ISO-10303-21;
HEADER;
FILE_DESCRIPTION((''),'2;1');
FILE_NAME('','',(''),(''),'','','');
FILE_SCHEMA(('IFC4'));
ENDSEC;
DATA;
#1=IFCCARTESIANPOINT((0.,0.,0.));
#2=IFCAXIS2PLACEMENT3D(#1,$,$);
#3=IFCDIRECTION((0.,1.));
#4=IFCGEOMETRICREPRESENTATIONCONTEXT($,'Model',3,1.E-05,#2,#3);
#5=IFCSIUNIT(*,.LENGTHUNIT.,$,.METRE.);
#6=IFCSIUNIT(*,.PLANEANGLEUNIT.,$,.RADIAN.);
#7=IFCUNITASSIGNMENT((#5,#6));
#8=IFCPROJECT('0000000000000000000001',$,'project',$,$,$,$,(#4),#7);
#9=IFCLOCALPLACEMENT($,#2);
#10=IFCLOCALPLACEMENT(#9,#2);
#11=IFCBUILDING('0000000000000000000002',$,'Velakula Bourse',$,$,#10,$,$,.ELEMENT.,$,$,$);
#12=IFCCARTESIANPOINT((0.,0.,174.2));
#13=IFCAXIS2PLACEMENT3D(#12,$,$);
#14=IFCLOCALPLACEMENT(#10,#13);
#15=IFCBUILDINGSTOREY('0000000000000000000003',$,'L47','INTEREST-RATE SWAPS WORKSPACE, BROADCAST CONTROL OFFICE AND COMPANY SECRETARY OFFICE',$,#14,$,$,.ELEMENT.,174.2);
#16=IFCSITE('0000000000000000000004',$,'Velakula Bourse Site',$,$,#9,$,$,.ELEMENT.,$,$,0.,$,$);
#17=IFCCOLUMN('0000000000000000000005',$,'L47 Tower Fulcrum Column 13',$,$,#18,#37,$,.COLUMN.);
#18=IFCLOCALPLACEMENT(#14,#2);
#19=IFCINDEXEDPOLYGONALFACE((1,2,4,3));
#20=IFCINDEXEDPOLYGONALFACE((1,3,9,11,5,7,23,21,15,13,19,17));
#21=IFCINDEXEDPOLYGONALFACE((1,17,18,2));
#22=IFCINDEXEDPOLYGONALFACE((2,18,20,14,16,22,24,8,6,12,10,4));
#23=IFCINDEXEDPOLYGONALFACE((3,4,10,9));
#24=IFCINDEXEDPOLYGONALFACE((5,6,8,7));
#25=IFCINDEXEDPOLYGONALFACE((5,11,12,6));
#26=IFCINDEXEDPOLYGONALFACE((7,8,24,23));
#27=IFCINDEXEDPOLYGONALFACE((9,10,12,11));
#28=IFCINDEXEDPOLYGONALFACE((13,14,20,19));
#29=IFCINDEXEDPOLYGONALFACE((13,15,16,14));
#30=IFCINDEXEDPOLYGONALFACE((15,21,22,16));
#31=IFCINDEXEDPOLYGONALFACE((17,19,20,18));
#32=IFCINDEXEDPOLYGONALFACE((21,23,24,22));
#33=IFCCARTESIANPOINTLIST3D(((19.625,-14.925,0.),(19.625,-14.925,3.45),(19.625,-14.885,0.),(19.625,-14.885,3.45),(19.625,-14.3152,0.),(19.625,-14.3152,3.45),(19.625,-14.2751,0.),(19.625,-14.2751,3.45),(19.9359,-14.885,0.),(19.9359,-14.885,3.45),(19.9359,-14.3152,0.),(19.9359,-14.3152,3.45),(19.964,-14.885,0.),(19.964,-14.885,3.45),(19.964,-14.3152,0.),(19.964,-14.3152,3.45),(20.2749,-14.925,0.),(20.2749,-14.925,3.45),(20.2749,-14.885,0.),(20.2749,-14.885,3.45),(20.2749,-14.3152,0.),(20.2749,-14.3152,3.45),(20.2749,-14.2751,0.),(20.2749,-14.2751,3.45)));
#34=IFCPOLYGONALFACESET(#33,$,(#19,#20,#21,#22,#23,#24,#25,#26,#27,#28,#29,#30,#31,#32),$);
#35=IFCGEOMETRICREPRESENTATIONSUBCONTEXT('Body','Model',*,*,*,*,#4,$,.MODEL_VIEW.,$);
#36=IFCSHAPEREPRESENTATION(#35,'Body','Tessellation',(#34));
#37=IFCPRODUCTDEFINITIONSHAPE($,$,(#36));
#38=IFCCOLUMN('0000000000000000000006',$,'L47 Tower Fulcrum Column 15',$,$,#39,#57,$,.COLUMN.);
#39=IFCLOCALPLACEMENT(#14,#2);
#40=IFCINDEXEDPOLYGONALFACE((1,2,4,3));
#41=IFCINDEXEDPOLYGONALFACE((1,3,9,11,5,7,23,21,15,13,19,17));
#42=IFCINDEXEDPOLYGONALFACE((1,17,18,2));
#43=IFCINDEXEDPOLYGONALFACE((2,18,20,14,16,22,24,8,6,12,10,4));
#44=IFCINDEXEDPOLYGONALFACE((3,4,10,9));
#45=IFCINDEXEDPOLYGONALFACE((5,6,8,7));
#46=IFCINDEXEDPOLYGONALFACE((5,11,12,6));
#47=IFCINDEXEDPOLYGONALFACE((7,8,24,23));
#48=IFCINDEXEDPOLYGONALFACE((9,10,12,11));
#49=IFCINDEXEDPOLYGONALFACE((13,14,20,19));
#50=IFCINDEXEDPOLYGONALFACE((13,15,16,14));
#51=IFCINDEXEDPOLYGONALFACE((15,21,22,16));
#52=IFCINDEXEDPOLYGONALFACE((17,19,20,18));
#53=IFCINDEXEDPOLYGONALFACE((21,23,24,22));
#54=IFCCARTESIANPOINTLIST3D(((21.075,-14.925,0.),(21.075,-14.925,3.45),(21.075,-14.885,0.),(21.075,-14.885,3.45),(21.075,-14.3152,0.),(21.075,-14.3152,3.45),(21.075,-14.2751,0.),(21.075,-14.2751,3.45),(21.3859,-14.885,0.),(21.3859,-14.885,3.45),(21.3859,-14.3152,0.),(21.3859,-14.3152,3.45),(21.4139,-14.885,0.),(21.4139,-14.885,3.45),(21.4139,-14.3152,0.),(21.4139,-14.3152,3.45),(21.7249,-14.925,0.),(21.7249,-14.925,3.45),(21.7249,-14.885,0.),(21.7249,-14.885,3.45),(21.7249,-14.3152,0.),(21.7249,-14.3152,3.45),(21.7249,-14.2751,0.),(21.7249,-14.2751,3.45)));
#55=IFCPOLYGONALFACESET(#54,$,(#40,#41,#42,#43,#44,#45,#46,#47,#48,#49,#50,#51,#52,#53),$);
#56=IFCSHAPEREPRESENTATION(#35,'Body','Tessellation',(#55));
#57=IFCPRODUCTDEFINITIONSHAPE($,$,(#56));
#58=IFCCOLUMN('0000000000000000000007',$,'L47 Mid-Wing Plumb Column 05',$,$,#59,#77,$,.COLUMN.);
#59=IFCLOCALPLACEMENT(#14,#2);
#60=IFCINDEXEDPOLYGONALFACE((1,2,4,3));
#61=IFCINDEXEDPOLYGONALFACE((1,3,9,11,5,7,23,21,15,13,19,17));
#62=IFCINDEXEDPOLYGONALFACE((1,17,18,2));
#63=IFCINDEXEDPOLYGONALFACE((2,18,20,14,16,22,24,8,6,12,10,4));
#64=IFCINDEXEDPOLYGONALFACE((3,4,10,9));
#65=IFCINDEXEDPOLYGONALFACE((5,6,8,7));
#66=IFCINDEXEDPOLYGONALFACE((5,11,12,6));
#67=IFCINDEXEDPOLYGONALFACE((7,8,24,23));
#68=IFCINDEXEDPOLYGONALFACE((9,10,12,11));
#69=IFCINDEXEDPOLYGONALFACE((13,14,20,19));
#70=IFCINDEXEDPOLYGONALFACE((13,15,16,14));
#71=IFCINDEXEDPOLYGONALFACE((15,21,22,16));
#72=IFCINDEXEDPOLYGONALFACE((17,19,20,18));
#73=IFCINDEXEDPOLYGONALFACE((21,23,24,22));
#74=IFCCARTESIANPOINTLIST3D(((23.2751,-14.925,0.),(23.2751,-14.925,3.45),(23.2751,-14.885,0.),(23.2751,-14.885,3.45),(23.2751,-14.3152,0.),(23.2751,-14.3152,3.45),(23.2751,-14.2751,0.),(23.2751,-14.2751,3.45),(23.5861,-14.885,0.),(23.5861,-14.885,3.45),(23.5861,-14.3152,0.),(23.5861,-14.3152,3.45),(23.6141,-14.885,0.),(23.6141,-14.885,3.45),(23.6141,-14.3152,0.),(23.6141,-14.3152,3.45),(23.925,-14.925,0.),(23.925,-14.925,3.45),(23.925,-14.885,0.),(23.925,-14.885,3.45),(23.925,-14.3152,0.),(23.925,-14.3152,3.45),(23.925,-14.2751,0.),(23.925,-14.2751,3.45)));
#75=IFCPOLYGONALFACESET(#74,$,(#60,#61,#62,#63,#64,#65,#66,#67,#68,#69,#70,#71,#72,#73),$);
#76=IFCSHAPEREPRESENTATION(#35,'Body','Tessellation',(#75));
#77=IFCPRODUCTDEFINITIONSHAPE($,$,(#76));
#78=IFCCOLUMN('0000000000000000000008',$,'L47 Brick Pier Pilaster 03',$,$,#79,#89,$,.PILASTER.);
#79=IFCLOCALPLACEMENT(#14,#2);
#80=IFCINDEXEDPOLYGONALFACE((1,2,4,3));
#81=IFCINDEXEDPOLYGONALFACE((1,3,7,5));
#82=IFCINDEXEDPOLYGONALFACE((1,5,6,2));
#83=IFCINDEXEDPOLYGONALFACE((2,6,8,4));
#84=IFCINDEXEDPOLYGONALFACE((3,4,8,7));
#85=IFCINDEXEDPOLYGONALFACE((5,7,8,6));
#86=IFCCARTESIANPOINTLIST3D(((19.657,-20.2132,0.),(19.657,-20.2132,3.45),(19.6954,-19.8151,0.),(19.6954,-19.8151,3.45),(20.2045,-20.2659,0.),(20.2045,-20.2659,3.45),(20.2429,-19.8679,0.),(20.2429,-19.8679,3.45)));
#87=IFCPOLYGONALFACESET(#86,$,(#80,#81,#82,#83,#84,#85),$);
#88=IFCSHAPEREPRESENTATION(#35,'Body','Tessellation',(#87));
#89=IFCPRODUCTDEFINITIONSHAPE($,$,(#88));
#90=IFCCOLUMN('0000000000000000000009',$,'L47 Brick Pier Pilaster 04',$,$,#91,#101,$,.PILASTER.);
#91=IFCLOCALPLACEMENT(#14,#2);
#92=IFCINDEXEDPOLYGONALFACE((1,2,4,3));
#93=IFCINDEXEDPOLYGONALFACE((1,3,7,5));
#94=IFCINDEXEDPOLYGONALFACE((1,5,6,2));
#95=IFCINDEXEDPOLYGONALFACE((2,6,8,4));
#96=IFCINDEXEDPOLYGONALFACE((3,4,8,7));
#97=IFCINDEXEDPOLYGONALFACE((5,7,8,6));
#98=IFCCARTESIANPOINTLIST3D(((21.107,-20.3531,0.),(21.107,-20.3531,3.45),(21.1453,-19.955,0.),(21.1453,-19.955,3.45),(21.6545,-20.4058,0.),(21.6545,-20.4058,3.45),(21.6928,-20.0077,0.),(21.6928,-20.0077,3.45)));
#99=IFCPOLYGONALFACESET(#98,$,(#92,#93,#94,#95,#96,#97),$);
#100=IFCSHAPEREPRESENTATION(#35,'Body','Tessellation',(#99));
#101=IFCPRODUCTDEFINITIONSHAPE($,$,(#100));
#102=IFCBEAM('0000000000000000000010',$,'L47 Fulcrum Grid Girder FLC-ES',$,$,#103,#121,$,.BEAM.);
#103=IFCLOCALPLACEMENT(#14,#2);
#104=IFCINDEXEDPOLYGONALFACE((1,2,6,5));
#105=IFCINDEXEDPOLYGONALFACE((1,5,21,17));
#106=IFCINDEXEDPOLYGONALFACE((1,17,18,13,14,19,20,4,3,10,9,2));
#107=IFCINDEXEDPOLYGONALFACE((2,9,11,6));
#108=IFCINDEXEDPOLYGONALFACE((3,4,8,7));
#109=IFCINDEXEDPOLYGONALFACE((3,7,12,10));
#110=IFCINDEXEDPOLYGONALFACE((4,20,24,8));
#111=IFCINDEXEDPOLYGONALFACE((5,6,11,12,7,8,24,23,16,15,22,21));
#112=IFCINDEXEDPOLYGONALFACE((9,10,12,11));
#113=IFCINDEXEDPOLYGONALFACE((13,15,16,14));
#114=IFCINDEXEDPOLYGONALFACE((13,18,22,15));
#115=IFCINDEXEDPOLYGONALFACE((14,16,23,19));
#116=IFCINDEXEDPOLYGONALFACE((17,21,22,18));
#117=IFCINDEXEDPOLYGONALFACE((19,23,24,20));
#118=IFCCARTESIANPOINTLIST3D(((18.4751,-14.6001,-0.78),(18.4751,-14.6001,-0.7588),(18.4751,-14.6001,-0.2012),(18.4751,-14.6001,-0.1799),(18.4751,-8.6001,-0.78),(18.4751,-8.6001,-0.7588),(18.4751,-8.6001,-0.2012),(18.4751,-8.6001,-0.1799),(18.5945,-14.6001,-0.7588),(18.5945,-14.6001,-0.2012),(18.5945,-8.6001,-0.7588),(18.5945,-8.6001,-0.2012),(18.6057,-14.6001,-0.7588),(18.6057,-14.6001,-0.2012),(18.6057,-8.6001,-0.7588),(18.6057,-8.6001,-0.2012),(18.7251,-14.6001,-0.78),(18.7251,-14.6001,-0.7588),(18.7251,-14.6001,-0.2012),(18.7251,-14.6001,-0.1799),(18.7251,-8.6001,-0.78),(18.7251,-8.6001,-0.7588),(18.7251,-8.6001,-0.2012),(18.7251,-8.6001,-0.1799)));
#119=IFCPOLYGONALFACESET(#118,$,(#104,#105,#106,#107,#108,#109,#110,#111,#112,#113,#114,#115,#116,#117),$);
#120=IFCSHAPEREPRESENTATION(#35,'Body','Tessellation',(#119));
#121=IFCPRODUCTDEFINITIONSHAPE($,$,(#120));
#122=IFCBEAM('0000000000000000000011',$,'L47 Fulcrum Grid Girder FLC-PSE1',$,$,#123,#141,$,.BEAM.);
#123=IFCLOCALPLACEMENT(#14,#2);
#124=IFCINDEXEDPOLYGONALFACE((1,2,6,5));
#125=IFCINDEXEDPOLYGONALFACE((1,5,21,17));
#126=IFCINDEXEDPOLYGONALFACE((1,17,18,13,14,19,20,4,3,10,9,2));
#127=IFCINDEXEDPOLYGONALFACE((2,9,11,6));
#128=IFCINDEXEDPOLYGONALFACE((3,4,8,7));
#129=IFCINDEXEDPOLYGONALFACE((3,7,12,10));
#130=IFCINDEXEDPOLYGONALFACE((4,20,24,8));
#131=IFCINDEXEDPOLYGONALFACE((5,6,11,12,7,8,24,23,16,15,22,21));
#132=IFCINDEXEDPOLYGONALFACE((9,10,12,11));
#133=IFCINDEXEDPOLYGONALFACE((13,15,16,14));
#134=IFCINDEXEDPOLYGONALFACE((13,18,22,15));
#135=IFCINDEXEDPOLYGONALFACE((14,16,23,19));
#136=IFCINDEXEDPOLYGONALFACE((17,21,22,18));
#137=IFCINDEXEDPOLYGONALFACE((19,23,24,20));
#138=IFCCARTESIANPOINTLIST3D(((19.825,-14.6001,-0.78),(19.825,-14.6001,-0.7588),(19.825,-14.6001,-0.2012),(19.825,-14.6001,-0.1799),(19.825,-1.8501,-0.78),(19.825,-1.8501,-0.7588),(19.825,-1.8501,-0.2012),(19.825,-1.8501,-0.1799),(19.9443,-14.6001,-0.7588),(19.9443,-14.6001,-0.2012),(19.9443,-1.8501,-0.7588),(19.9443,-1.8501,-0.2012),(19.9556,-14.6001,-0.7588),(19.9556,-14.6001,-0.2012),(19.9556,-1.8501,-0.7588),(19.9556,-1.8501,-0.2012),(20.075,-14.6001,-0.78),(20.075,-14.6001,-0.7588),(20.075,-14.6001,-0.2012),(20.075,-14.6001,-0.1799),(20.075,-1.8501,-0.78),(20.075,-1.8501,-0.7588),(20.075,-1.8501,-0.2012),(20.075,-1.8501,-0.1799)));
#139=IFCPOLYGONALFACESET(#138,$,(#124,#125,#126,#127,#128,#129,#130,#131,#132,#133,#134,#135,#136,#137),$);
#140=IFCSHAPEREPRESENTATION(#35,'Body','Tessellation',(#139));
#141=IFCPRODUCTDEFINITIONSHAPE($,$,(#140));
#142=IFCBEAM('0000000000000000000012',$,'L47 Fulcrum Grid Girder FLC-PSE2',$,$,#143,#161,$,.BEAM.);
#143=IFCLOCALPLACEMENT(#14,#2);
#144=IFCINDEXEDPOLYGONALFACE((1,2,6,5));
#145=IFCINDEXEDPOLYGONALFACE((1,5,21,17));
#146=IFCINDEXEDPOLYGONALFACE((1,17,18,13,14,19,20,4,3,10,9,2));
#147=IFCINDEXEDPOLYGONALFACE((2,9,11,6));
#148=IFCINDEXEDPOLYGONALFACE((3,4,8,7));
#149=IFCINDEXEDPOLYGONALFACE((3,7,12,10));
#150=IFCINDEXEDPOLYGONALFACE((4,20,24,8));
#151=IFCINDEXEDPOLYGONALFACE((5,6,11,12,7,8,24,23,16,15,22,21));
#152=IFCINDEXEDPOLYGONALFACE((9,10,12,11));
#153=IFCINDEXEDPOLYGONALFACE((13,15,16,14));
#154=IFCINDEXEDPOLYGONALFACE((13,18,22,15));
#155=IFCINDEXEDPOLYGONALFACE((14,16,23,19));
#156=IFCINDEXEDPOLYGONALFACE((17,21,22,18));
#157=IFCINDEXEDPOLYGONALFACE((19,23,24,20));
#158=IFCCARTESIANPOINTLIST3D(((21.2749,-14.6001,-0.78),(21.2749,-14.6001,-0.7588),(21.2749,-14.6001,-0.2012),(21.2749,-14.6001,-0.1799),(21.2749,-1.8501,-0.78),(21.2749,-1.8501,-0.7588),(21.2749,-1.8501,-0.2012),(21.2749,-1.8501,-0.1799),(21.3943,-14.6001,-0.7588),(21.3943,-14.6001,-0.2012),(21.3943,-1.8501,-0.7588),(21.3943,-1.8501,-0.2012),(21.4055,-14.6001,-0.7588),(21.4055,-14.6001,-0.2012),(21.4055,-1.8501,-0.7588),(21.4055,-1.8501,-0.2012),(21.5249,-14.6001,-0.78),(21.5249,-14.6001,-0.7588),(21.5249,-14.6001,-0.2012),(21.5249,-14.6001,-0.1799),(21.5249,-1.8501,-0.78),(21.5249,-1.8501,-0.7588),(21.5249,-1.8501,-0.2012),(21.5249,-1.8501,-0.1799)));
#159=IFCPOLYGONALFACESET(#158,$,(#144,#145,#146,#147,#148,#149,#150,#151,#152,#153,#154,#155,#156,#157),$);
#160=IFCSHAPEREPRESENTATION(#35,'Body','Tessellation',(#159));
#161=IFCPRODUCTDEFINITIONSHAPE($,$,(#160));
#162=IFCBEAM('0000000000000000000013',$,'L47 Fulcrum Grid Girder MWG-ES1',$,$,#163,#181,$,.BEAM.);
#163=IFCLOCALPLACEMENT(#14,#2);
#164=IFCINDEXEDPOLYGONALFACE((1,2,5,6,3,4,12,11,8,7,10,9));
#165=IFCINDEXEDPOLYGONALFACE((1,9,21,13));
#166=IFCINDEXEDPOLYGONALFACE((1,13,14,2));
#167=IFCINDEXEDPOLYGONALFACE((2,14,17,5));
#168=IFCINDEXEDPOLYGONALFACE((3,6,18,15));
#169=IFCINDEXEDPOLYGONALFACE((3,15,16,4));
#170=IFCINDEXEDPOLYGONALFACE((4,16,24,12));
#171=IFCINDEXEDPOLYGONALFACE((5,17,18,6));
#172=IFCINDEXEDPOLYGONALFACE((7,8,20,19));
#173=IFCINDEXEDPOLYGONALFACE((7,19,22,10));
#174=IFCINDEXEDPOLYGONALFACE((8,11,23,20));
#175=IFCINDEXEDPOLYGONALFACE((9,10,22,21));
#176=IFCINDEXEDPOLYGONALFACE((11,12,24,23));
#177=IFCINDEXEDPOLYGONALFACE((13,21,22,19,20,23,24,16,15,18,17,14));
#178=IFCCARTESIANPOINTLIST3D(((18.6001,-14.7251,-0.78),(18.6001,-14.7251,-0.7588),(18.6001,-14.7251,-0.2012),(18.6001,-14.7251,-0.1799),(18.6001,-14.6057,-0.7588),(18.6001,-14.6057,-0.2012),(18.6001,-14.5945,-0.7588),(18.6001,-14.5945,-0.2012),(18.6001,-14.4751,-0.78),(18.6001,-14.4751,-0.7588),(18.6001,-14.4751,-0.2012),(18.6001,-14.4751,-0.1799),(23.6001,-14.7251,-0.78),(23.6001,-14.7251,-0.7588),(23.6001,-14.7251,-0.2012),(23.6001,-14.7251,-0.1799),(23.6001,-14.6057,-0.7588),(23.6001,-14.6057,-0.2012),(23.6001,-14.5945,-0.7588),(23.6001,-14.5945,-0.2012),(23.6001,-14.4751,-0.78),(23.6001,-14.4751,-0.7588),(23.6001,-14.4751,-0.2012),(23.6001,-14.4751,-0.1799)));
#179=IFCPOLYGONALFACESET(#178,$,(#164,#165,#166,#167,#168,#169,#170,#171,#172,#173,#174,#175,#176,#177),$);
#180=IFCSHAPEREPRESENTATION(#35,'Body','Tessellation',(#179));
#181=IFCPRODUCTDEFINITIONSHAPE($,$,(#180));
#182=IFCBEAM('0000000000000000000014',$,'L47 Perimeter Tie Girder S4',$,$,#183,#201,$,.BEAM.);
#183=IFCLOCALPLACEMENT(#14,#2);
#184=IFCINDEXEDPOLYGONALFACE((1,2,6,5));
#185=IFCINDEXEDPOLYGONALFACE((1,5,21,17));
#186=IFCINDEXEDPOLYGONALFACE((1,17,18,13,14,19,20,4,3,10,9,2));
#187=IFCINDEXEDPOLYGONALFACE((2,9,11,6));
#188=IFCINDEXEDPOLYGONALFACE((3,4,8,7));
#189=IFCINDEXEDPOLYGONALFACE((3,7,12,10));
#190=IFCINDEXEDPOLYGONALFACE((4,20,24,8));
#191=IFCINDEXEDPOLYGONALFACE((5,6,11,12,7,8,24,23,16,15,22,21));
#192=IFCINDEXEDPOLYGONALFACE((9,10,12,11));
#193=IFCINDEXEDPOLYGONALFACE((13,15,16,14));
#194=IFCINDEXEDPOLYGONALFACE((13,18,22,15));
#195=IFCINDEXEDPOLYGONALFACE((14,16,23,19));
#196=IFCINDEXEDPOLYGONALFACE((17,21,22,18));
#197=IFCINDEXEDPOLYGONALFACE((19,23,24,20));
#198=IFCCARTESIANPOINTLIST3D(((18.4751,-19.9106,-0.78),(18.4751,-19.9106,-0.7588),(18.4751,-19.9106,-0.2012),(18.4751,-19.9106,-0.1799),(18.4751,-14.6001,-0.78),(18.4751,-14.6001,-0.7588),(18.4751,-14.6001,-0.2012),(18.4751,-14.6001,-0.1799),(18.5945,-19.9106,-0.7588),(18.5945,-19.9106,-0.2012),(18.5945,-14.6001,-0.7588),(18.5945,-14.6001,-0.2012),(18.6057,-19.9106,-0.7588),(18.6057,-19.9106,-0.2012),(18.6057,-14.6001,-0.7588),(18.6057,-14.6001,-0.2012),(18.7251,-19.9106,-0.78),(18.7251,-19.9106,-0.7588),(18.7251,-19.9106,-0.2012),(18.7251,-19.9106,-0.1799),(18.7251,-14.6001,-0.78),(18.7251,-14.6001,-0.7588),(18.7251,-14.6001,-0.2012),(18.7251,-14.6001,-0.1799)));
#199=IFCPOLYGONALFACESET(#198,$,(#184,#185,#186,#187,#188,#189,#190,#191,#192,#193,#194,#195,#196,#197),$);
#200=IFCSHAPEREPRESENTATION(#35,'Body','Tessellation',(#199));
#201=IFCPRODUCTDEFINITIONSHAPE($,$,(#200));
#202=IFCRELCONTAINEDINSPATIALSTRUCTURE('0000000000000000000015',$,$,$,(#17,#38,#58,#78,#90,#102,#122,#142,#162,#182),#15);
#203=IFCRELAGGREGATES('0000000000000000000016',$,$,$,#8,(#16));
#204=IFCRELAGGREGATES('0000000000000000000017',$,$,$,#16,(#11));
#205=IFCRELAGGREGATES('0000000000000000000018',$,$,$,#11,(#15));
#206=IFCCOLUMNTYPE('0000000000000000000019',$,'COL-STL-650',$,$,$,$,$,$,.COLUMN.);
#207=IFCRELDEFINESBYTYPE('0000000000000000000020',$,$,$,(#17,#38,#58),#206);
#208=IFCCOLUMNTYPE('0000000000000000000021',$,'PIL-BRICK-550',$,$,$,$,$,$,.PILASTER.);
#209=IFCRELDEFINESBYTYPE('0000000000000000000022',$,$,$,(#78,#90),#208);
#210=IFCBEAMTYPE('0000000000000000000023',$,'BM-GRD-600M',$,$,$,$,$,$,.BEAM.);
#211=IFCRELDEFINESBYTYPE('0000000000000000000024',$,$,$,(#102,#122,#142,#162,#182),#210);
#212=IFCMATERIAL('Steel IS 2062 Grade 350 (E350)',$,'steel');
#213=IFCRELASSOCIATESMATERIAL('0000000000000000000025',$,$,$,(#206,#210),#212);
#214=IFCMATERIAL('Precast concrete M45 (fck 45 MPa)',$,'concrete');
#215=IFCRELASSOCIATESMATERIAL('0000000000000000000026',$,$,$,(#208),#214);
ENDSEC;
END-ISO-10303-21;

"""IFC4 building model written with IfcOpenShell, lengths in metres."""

from ifc_helpers import new_model, si_unit, direction, frame, origin, origin_2d, place, context, subcontext, project, spatial, rectangle, i_section, extrude, material, material_profile, profile_set, type_object, element, save


model = new_model("IFC4")

# Units and contexts
model_context = context("Model", 3, precision=1e-05, world=origin(), true_north=direction((0.0, 1.0)))
body_context = subcontext(model_context, "Body", "Model", "MODEL_VIEW")
ifc_project = project(units=[si_unit("LENGTHUNIT", "METRE"), si_unit("PLANEANGLEUNIT", "RADIAN")], contexts=[model_context])

# Site, building, storey
site_placement = place(None, origin())
site = spatial("IfcSite", under=ifc_project, at=site_placement, Name="Velakula Bourse Site", CompositionType="ELEMENT", RefElevation=0.0)
building_placement = place(site_placement, origin())
building = spatial("IfcBuilding", under=site, at=building_placement, Name="Velakula Bourse", CompositionType="ELEMENT")
storey_placement = place(building_placement, frame((0.0, 0.0, 174.2)))
storey = spatial("IfcBuildingStorey", under=building, at=storey_placement, Name="L47", Description="INTEREST-RATE SWAPS WORKSPACE, BROADCAST CONTROL OFFICE AND COMPANY SECRETARY OFFICE", CompositionType="ELEMENT", Elevation=174.2)

# Columns
ifc_material_1 = material(Name="Steel IS 2062 Grade 350 (E350)", Category="steel")
ifc_material_profile_1 = material_profile(ifc_material_1, i_section(OverallWidth=0.6499, OverallDepth=0.6499, WebThickness=0.0281, FlangeThickness=0.04, at=origin_2d()), Name="Steel IS 2062 Grade 350 (E350)")
ifc_profile_set_1 = profile_set([ifc_material_profile_1], Name="Steel IS 2062 Grade 350 (E350)")
column_type_1 = type_object("IfcColumnType", Name="COL-STL-650", PredefinedType="COLUMN", material=ifc_profile_set_1)
for number, where, z_axis, x_axis, name in (
    (1, (19.95, -14.6001, 0.0), (0.0, 0.0, 1.0), (1.0, 0.0, 0.0), "L47 Tower Fulcrum Column 13"),
    (2, (21.3999, -14.6001, 0.0), (0.0, 0.0, 1.0), (1.0, 0.0, 0.0), "L47 Tower Fulcrum Column 15"),
    (3, (23.6001, -14.6001, 0.0), (0.0, 0.0, 1.0), (1.0, 0.0, 0.0), "L47 Mid-Wing Plumb Column 05"),
):
    element("IfcColumn", number, at=place(storey_placement, frame(where, z_axis=z_axis, x_axis=x_axis)), inside=storey, type_object=column_type_1, Name=name, PredefinedType="COLUMN", context=body_context, shape_type="SweptSolid", body=[
        extrude(i_section(OverallWidth=0.6499, OverallDepth=0.6499, WebThickness=0.0281, FlangeThickness=0.04, at=origin_2d()), origin(), (0.0, 0.0, 1.0), 3.45),
    ])
ifc_material_2 = material(Name="Precast concrete M45 (fck 45 MPa)", Category="concrete")
ifc_material_profile_2 = material_profile(ifc_material_2, rectangle(XDim=0.55, YDim=0.3999, at=origin_2d()), Name="Precast concrete M45 (fck 45 MPa)")
ifc_profile_set_2 = profile_set([ifc_material_profile_2], Name="Precast concrete M45 (fck 45 MPa)")
column_type_2 = type_object("IfcColumnType", Name="PIL-BRICK-550", PredefinedType="PILASTER", material=ifc_profile_set_2)
for number, where, z_axis, x_axis, name in (
    (4, (19.95, -20.0405, 0.0), (0.0, 0.0, 1.0), (0.995396, -0.095846, 0.0), "L47 Brick Pier Pilaster 03"),
    (5, (21.3999, -20.1804, 0.0), (0.0, 0.0, 1.0), (0.995396, -0.095846, 0.0), "L47 Brick Pier Pilaster 04"),
):
    element("IfcColumn", number, at=place(storey_placement, frame(where, z_axis=z_axis, x_axis=x_axis)), inside=storey, type_object=column_type_2, Name=name, PredefinedType="PILASTER", context=body_context, shape_type="SweptSolid", body=[
        extrude(rectangle(XDim=0.55, YDim=0.3999, at=origin_2d()), origin(), (0.0, 0.0, 1.0), 3.45),
    ])

# Beams
ifc_material_profile_3 = material_profile(ifc_material_1, i_section(OverallWidth=0.25, OverallDepth=0.6001, WebThickness=0.0112, FlangeThickness=0.0212, at=origin_2d()), Name="Steel IS 2062 Grade 350 (E350)")
ifc_profile_set_3 = profile_set([ifc_material_profile_3], Name="Steel IS 2062 Grade 350 (E350)")
beam_type_1 = type_object("IfcBeamType", Name="BM-GRD-600M", PredefinedType="BEAM", material=ifc_profile_set_3)
beam_1_placement = place(storey_placement, frame((18.6001, -14.6001, -0.48), z_axis=(0.0, 1.0, 0.0), x_axis=(-1.0, 0.0, 0.0)))
element("IfcBeam", 6, at=beam_1_placement, inside=storey, type_object=beam_type_1, Name="L47 Fulcrum Grid Girder FLC-ES", PredefinedType="BEAM", context=body_context, shape_type="SweptSolid", body=[
    extrude(i_section(OverallWidth=0.25, OverallDepth=0.6001, WebThickness=0.0112, FlangeThickness=0.0212, at=origin_2d()), origin(), (0.0, 0.0, 1.0), 6.0),
])
for number, where, z_axis, x_axis, name in (
    (7, (19.95, -14.6001, -0.48), (0.0, 1.0, 0.0), (-1.0, 0.0, 0.0), "L47 Fulcrum Grid Girder FLC-PSE1"),
    (8, (21.3999, -14.6001, -0.48), (0.0, 1.0, 0.0), (-1.0, 0.0, 0.0), "L47 Fulcrum Grid Girder FLC-PSE2"),
):
    element("IfcBeam", number, at=place(storey_placement, frame(where, z_axis=z_axis, x_axis=x_axis)), inside=storey, type_object=beam_type_1, Name=name, PredefinedType="BEAM", context=body_context, shape_type="SweptSolid", body=[
        extrude(i_section(OverallWidth=0.25, OverallDepth=0.6001, WebThickness=0.0112, FlangeThickness=0.0212, at=origin_2d()), origin(), (0.0, 0.0, 1.0), 12.75),
    ])
beam_2_placement = place(storey_placement, frame((18.6001, -14.6001, -0.48), z_axis=(1.0, 0.0, 0.0), x_axis=(0.0, 1.0, 0.0)))
element("IfcBeam", 9, at=beam_2_placement, inside=storey, type_object=beam_type_1, Name="L47 Fulcrum Grid Girder MWG-ES1", PredefinedType="BEAM", context=body_context, shape_type="SweptSolid", body=[
    extrude(i_section(OverallWidth=0.25, OverallDepth=0.6001, WebThickness=0.0112, FlangeThickness=0.0212, at=origin_2d()), origin(), (0.0, 0.0, 1.0), 5.0),
])
beam_3_placement = place(storey_placement, frame((18.6001, -14.6001, -0.48), z_axis=(0.0, -1.0, 0.0), x_axis=(1.0, 0.0, 0.0)))
element("IfcBeam", 10, at=beam_3_placement, inside=storey, type_object=beam_type_1, Name="L47 Perimeter Tie Girder S4", PredefinedType="BEAM", context=body_context, shape_type="SweptSolid", body=[
    extrude(i_section(OverallWidth=0.25, OverallDepth=0.6001, WebThickness=0.0112, FlangeThickness=0.0212, at=origin_2d()), origin(), (0.0, 0.0, 1.0), 5.3105),
])

save(model, "model.ifc")
